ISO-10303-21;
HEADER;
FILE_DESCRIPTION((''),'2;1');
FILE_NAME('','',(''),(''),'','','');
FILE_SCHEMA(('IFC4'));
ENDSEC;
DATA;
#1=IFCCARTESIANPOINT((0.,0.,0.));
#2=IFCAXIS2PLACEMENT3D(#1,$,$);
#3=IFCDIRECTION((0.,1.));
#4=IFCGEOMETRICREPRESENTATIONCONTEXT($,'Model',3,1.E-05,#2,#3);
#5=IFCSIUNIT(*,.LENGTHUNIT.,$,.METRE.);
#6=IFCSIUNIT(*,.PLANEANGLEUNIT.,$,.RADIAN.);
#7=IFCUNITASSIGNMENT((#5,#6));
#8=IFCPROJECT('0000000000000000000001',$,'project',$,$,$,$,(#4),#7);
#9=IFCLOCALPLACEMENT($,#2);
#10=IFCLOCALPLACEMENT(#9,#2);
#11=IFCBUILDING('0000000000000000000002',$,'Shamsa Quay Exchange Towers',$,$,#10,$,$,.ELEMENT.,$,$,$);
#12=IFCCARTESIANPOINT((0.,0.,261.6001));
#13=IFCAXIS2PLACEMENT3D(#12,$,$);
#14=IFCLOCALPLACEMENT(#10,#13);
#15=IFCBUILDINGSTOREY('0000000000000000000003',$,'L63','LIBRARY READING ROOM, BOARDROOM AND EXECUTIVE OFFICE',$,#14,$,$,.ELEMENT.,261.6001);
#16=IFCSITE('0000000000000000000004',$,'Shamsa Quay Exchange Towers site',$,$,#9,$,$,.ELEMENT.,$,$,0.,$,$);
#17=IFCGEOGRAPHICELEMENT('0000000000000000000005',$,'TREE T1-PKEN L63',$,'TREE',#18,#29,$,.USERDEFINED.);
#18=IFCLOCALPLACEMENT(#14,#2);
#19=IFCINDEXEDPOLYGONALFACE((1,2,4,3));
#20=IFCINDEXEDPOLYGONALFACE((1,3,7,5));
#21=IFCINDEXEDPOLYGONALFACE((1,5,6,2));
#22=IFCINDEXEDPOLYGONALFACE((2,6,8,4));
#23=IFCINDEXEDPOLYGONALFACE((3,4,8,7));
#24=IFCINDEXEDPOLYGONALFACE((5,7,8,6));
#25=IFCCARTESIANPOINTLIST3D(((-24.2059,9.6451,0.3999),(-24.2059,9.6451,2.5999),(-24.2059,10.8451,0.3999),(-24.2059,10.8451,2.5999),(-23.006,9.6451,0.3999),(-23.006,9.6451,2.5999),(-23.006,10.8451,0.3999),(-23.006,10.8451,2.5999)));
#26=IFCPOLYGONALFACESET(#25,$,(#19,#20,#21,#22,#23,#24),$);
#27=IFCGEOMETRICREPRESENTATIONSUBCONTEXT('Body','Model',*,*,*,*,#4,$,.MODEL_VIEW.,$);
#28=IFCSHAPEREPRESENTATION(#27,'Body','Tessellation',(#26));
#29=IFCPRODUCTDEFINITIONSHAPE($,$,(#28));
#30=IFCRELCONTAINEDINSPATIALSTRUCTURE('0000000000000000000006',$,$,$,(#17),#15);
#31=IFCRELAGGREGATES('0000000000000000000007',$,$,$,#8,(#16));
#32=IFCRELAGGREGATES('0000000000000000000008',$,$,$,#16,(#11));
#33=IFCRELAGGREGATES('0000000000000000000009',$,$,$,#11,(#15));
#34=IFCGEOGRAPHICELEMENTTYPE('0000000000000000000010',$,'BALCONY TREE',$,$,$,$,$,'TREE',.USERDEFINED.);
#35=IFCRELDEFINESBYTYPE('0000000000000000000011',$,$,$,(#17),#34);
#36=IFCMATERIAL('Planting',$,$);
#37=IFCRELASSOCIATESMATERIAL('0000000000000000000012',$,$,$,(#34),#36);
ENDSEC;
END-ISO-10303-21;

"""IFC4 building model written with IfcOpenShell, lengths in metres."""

from ifc_helpers import new_model, si_unit, direction, frame, origin, origin_2d, place, context, subcontext, project, spatial, rectangle, extrude, material, type_object, element, save


model = new_model("IFC4")

# Units and contexts
model_context = context("Model", 3, precision=1e-05, world=origin(), true_north=direction((0.0, 1.0)))
body_context = subcontext(model_context, "Body", "Model", "MODEL_VIEW")
ifc_project = project(units=[si_unit("LENGTHUNIT", "METRE"), si_unit("PLANEANGLEUNIT", "RADIAN")], contexts=[model_context])

# Site, building, storey
site_placement = place(None, origin())
site = spatial("IfcSite", under=ifc_project, at=site_placement, Name="Shamsa Quay Exchange Towers site", CompositionType="ELEMENT", RefElevation=0.0)
building_placement = place(site_placement, origin())
building = spatial("IfcBuilding", under=site, at=building_placement, Name="Shamsa Quay Exchange Towers", CompositionType="ELEMENT")
storey_placement = place(building_placement, frame((0.0, 0.0, 261.6001)))
storey = spatial("IfcBuildingStorey", under=building, at=storey_placement, Name="L63", Description="LIBRARY READING ROOM, BOARDROOM AND EXECUTIVE OFFICE", CompositionType="ELEMENT", Elevation=261.6001)

# Geographic element
ifc_material_1 = material(Name="Planting")
geographic_element_type = type_object("IfcGeographicElementType", Name="BALCONY TREE", ElementType="TREE", PredefinedType="USERDEFINED", material=ifc_material_1)
geographic_element_placement = place(storey_placement, frame((-23.606, 10.2451, 0.3999), z_axis=(0.0, 0.0, 1.0), x_axis=(-1.0, 0.0, 0.0)))
element("IfcGeographicElement", 1, at=geographic_element_placement, inside=storey, type_object=geographic_element_type, Name="TREE T1-PKEN L63", ObjectType="TREE", PredefinedType="USERDEFINED", context=body_context, shape_type="SweptSolid", body=[
    extrude(rectangle(XDim=1.2, YDim=1.2, at=origin_2d()), origin(), (0.0, 0.0, 1.0), 2.2),
])

save(model, "model.ifc")
